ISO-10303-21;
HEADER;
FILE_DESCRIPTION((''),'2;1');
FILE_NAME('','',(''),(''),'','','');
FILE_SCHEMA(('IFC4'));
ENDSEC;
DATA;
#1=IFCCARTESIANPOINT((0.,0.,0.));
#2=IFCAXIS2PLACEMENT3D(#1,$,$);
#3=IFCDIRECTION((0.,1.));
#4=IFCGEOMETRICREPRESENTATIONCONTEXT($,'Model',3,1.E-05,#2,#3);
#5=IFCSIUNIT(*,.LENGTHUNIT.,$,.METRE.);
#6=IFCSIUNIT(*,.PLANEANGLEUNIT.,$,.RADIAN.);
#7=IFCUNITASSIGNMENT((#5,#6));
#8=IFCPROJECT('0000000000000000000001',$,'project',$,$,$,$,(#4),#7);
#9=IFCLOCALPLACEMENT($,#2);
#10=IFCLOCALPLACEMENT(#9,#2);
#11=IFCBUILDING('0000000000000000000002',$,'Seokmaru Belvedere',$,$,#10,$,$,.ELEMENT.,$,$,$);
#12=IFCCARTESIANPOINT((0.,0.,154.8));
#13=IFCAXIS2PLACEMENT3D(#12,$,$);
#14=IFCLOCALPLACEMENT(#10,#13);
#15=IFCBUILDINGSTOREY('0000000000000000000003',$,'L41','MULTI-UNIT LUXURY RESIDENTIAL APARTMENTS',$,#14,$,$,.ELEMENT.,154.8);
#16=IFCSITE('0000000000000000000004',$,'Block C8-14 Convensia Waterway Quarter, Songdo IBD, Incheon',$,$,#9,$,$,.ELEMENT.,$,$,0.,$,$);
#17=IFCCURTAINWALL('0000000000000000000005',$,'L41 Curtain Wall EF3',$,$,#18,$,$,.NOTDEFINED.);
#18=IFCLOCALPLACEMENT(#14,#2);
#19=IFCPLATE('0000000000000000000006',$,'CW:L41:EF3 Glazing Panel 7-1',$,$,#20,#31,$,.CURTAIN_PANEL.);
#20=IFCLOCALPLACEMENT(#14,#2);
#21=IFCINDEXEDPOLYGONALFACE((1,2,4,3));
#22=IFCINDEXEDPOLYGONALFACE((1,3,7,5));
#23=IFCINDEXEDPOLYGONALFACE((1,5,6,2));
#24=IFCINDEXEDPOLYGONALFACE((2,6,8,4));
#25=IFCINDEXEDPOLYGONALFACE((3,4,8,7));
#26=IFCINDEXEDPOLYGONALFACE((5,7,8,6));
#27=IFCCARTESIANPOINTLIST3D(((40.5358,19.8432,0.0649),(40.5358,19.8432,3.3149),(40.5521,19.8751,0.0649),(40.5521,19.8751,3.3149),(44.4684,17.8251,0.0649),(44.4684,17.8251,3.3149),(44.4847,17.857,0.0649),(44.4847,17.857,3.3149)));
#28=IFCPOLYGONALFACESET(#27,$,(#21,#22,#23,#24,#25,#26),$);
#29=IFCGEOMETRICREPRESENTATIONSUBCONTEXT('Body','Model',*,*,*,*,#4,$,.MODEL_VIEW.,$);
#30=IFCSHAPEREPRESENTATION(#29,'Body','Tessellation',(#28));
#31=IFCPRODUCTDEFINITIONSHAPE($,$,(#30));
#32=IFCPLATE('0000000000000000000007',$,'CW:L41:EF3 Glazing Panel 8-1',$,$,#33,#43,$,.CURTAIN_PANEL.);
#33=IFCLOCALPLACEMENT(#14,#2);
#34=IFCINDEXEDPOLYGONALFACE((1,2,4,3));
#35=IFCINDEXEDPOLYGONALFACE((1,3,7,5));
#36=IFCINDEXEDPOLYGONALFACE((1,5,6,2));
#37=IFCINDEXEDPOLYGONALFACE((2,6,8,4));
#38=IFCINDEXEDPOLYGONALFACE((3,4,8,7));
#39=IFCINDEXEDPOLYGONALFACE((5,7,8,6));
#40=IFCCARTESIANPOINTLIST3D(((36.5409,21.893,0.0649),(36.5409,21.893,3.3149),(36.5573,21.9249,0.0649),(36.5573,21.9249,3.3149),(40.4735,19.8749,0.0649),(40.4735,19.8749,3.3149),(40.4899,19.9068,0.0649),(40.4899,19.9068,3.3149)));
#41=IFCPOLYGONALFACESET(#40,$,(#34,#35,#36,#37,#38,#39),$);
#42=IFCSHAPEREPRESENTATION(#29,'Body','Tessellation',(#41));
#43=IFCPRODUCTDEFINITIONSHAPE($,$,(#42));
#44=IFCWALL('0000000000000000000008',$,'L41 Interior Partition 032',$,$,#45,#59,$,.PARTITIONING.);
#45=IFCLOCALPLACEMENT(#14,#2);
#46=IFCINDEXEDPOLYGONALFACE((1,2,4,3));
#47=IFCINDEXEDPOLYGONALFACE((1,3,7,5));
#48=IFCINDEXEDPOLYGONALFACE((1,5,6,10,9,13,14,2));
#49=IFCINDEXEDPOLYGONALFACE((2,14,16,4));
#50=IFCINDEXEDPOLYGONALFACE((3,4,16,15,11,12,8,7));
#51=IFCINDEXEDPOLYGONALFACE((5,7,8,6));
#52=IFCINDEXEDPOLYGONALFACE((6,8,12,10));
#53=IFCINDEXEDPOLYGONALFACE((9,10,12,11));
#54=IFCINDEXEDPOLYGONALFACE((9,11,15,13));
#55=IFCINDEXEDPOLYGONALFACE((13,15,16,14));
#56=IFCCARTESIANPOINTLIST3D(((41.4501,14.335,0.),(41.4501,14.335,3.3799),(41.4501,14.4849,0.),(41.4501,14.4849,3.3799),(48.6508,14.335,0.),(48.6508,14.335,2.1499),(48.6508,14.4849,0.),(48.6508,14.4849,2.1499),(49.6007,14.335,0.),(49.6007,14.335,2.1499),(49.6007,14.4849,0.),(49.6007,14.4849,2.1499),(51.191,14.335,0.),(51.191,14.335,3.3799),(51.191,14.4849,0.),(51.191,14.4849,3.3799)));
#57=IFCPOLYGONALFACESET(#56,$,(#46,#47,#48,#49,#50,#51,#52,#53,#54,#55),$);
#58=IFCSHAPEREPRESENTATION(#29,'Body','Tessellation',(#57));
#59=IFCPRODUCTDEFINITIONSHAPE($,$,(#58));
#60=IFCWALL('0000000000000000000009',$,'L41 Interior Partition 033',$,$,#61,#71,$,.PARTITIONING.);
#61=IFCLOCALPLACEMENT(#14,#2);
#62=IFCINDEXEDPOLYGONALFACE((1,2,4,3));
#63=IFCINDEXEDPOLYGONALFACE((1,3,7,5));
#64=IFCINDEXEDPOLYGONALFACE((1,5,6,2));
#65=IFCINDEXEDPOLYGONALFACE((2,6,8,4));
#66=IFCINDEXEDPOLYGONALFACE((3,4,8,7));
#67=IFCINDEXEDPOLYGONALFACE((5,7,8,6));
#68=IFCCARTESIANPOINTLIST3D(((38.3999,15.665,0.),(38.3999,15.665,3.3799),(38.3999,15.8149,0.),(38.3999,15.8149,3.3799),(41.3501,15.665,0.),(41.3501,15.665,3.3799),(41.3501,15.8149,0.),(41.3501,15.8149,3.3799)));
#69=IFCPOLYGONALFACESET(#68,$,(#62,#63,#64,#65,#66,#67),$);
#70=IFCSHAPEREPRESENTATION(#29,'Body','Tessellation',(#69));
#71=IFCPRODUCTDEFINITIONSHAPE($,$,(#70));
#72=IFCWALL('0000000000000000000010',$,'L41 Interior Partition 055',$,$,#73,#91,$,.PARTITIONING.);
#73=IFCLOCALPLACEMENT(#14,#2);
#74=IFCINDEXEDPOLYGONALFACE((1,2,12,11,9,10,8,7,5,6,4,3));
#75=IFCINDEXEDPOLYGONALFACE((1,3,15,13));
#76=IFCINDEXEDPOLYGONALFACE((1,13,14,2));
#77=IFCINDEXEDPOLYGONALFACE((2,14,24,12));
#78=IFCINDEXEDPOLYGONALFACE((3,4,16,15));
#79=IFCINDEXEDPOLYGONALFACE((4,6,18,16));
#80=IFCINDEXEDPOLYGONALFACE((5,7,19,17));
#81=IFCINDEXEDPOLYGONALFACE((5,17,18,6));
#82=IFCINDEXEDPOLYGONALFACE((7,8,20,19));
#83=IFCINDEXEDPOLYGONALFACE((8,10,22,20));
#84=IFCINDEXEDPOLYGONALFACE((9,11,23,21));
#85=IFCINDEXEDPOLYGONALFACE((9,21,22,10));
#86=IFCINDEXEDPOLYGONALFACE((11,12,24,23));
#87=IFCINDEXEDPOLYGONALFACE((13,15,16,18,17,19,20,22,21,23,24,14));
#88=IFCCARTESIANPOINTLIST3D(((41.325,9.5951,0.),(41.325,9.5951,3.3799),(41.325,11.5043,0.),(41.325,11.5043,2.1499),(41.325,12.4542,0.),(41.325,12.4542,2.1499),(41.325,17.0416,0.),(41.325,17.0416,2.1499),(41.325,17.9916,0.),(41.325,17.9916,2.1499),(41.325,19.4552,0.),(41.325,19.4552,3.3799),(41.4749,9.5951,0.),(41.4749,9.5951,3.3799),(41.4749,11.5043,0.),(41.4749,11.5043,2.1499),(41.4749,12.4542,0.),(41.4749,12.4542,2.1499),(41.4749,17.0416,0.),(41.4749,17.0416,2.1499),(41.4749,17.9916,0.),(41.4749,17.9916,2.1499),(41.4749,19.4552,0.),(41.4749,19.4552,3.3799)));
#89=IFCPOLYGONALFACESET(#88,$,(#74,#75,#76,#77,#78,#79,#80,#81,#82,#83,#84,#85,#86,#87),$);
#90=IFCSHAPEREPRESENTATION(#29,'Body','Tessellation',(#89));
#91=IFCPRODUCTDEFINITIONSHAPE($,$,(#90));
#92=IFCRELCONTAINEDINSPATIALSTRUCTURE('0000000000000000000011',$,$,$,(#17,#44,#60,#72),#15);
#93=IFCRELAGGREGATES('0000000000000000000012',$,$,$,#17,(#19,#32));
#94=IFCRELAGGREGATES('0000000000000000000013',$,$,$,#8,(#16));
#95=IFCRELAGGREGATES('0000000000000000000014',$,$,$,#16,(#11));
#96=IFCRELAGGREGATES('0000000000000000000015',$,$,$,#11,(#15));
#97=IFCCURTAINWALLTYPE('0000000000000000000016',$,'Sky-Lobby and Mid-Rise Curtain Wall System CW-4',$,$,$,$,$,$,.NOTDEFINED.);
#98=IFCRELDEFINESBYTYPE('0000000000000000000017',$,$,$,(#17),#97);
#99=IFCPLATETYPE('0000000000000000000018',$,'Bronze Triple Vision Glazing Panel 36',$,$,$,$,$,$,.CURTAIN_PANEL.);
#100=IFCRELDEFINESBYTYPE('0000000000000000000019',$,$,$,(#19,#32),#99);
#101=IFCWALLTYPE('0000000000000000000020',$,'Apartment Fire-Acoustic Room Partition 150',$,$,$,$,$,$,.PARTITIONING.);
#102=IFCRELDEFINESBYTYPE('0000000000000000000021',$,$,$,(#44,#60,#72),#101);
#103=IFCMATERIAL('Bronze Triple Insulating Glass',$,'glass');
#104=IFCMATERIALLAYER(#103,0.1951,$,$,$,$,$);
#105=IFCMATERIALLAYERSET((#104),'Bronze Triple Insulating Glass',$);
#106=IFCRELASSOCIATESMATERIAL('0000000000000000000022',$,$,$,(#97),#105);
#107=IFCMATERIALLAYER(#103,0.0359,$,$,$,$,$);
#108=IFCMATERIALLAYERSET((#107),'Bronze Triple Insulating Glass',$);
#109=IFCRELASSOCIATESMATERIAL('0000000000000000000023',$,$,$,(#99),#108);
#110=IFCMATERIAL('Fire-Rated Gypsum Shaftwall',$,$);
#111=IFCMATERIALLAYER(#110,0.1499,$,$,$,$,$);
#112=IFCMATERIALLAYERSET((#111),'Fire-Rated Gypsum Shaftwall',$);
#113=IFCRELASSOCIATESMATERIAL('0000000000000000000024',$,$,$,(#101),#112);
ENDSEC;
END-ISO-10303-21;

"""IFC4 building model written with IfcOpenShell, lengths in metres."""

from ifc_helpers import new_model, si_unit, direction, frame, frame_2d, origin, origin_2d, place, context, subcontext, project, spatial, rectangle, extrude, source, transform, mapped, material, layer, layer_set, type_object, type_shapes, element, aggregate, save


model = new_model("IFC4")

# Units and contexts
model_context = context("Model", 3, precision=1e-05, world=origin(), true_north=direction((0.0, 1.0)))
body_context = subcontext(model_context, "Body", "Model", "MODEL_VIEW")
ifc_project = project(units=[si_unit("LENGTHUNIT", "METRE"), si_unit("PLANEANGLEUNIT", "RADIAN")], contexts=[model_context])

# Site, building, storey
site_placement = place(None, origin())
site = spatial("IfcSite", under=ifc_project, at=site_placement, Name="Block C8-14 Convensia Waterway Quarter, Songdo IBD, Incheon", CompositionType="ELEMENT", RefElevation=0.0)
building_placement = place(site_placement, origin())
building = spatial("IfcBuilding", under=site, at=building_placement, Name="Seokmaru Belvedere", CompositionType="ELEMENT")
storey_placement = place(building_placement, frame((0.0, 0.0, 154.8)))
storey = spatial("IfcBuildingStorey", under=building, at=storey_placement, Name="L41", Description="MULTI-UNIT LUXURY RESIDENTIAL APARTMENTS", CompositionType="ELEMENT", Elevation=154.8)

# Curtain wall, plates
ifc_material_1 = material(Name="Bronze Triple Insulating Glass", Category="glass")
ifc_layer_1 = layer(ifc_material_1, 0.1951)
ifc_layer_set_1 = layer_set([ifc_layer_1], Name="Bronze Triple Insulating Glass")
curtain_wall_type = type_object("IfcCurtainWallType", Name="Sky-Lobby and Mid-Rise Curtain Wall System CW-4", PredefinedType="NOTDEFINED", material=ifc_layer_set_1)
curtain_wall_placement = place(storey_placement, origin())
curtain_wall = element("IfcCurtainWall", 1, at=curtain_wall_placement, inside=storey, type_object=curtain_wall_type, Name="L41 Curtain Wall EF3", PredefinedType="NOTDEFINED")
ifc_layer_2 = layer(ifc_material_1, 0.0359)
ifc_layer_set_2 = layer_set([ifc_layer_2], Name="Bronze Triple Insulating Glass")
plate_type = type_object("IfcPlateType", Name="Bronze Triple Vision Glazing Panel 36", PredefinedType="CURTAIN_PANEL", material=ifc_layer_set_2)
shared_shape_1 = source(origin(), body_context, "Body", "SweptSolid", [
    extrude(rectangle(XDim=4.4202, YDim=0.0359, at=origin_2d()), origin(), (0.0, 0.0, 1.0), 3.25),
])
type_shapes(plate_type, [shared_shape_1])
plate_1_placement = place(storey_placement, frame((42.5103, 18.8501, 0.0649), z_axis=(0.0, 0.0, 1.0), x_axis=(-0.889695, 0.456555, 0.0)))
plate_1 = element("IfcPlate", 2, at=plate_1_placement, type_object=plate_type, Name="CW:L41:EF3 Glazing Panel 7-1", PredefinedType="CURTAIN_PANEL", context=body_context, shape_type="MappedRepresentation", body=[
    mapped(shared_shape_1, transform((0.0, 0.0, 0.0), scale=1.0)),
])
plate_2_placement = place(storey_placement, frame((38.5154, 20.8999, 0.0649), z_axis=(0.0, 0.0, 1.0), x_axis=(-0.889695, 0.456555, 0.0)))
plate_2 = element("IfcPlate", 3, at=plate_2_placement, type_object=plate_type, Name="CW:L41:EF3 Glazing Panel 8-1", PredefinedType="CURTAIN_PANEL", context=body_context, shape_type="MappedRepresentation", body=[
    mapped(shared_shape_1, transform((0.0, 0.0, 0.0), scale=1.0)),
])
aggregate(curtain_wall, [plate_1, plate_2])

# Wall, opening
ifc_material_2 = material(Name="Fire-Rated Gypsum Shaftwall")
ifc_layer_3 = layer(ifc_material_2, 0.1499)
ifc_layer_set_3 = layer_set([ifc_layer_3], Name="Fire-Rated Gypsum Shaftwall")
wall_type = type_object("IfcWallType", Name="Apartment Fire-Acoustic Room Partition 150", PredefinedType="PARTITIONING", material=ifc_layer_set_3)
wall_1_placement = place(storey_placement, frame((41.45, 14.4099, 0.0), z_axis=(0.0, 0.0, 1.0), x_axis=(1.0, 0.0, 0.0)))
wall_1 = element("IfcWall", 4, at=wall_1_placement, inside=storey, type_object=wall_type, Name="L41 Interior Partition 032", PredefinedType="PARTITIONING", context=body_context, shape_type="SweptSolid", body=[
    extrude(rectangle(XDim=9.741, YDim=0.1499, at=frame_2d((4.8706, 0.0))), origin(), (0.0, 0.0, 1.0), 3.3799),
])
opening_1_placement = place(wall_1_placement, frame((7.2007, 0.0, 0.0)))
element("IfcOpeningElement", 5, at=opening_1_placement, cuts=wall_1, PredefinedType="OPENING", context=body_context, shape_type="SweptSolid", body=[
    extrude(rectangle(XDim=0.95, YDim=2.1499, at=frame_2d((0.4751, 1.075))), frame((0.0, 0.085, 0.0), z_axis=(0.0, -1.0, 0.0), x_axis=(1.0, 0.0, 0.0)), (0.0, 0.0, 1.0), 0.1699),
])

# Wall
wall_2_placement = place(storey_placement, frame((38.3999, 15.74, 0.0), z_axis=(0.0, 0.0, 1.0), x_axis=(1.0, 0.0, 0.0)))
element("IfcWall", 6, at=wall_2_placement, inside=storey, type_object=wall_type, Name="L41 Interior Partition 033", PredefinedType="PARTITIONING", context=body_context, shape_type="SweptSolid", body=[
    extrude(rectangle(XDim=2.9502, YDim=0.1499, at=frame_2d((1.4751, 0.0))), origin(), (0.0, 0.0, 1.0), 3.3799),
])

# Wall, openings
wall_3_placement = place(storey_placement, frame((41.3999, 9.595, 0.0), z_axis=(0.0, 0.0, 1.0), x_axis=(0.0, 1.0, 0.0)))
wall_3 = element("IfcWall", 7, at=wall_3_placement, inside=storey, type_object=wall_type, Name="L41 Interior Partition 055", PredefinedType="PARTITIONING", context=body_context, shape_type="SweptSolid", body=[
    extrude(rectangle(XDim=9.8601, YDim=0.1499, at=frame_2d((4.9302, 0.0))), origin(), (0.0, 0.0, 1.0), 3.3799),
])
opening_2_placement = place(wall_3_placement, frame((1.9092, 0.0, 0.0)))
element("IfcOpeningElement", 8, at=opening_2_placement, cuts=wall_3, PredefinedType="OPENING", context=body_context, shape_type="SweptSolid", body=[
    extrude(rectangle(XDim=0.95, YDim=2.1499, at=frame_2d((0.4751, 1.075))), frame((0.0, 0.085, 0.0), z_axis=(0.0, -1.0, 0.0), x_axis=(1.0, 0.0, 0.0)), (0.0, 0.0, 1.0), 0.1699),
])
opening_3_placement = place(wall_3_placement, frame((7.4465, 0.0, 0.0)))
element("IfcOpeningElement", 9, at=opening_3_placement, cuts=wall_3, PredefinedType="OPENING", context=body_context, shape_type="SweptSolid", body=[
    extrude(rectangle(XDim=0.95, YDim=2.1499, at=frame_2d((0.4751, 1.075))), frame((0.0, 0.085, 0.0), z_axis=(0.0, -1.0, 0.0), x_axis=(1.0, 0.0, 0.0)), (0.0, 0.0, 1.0), 0.1699),
])

save(model, "model.ifc")
